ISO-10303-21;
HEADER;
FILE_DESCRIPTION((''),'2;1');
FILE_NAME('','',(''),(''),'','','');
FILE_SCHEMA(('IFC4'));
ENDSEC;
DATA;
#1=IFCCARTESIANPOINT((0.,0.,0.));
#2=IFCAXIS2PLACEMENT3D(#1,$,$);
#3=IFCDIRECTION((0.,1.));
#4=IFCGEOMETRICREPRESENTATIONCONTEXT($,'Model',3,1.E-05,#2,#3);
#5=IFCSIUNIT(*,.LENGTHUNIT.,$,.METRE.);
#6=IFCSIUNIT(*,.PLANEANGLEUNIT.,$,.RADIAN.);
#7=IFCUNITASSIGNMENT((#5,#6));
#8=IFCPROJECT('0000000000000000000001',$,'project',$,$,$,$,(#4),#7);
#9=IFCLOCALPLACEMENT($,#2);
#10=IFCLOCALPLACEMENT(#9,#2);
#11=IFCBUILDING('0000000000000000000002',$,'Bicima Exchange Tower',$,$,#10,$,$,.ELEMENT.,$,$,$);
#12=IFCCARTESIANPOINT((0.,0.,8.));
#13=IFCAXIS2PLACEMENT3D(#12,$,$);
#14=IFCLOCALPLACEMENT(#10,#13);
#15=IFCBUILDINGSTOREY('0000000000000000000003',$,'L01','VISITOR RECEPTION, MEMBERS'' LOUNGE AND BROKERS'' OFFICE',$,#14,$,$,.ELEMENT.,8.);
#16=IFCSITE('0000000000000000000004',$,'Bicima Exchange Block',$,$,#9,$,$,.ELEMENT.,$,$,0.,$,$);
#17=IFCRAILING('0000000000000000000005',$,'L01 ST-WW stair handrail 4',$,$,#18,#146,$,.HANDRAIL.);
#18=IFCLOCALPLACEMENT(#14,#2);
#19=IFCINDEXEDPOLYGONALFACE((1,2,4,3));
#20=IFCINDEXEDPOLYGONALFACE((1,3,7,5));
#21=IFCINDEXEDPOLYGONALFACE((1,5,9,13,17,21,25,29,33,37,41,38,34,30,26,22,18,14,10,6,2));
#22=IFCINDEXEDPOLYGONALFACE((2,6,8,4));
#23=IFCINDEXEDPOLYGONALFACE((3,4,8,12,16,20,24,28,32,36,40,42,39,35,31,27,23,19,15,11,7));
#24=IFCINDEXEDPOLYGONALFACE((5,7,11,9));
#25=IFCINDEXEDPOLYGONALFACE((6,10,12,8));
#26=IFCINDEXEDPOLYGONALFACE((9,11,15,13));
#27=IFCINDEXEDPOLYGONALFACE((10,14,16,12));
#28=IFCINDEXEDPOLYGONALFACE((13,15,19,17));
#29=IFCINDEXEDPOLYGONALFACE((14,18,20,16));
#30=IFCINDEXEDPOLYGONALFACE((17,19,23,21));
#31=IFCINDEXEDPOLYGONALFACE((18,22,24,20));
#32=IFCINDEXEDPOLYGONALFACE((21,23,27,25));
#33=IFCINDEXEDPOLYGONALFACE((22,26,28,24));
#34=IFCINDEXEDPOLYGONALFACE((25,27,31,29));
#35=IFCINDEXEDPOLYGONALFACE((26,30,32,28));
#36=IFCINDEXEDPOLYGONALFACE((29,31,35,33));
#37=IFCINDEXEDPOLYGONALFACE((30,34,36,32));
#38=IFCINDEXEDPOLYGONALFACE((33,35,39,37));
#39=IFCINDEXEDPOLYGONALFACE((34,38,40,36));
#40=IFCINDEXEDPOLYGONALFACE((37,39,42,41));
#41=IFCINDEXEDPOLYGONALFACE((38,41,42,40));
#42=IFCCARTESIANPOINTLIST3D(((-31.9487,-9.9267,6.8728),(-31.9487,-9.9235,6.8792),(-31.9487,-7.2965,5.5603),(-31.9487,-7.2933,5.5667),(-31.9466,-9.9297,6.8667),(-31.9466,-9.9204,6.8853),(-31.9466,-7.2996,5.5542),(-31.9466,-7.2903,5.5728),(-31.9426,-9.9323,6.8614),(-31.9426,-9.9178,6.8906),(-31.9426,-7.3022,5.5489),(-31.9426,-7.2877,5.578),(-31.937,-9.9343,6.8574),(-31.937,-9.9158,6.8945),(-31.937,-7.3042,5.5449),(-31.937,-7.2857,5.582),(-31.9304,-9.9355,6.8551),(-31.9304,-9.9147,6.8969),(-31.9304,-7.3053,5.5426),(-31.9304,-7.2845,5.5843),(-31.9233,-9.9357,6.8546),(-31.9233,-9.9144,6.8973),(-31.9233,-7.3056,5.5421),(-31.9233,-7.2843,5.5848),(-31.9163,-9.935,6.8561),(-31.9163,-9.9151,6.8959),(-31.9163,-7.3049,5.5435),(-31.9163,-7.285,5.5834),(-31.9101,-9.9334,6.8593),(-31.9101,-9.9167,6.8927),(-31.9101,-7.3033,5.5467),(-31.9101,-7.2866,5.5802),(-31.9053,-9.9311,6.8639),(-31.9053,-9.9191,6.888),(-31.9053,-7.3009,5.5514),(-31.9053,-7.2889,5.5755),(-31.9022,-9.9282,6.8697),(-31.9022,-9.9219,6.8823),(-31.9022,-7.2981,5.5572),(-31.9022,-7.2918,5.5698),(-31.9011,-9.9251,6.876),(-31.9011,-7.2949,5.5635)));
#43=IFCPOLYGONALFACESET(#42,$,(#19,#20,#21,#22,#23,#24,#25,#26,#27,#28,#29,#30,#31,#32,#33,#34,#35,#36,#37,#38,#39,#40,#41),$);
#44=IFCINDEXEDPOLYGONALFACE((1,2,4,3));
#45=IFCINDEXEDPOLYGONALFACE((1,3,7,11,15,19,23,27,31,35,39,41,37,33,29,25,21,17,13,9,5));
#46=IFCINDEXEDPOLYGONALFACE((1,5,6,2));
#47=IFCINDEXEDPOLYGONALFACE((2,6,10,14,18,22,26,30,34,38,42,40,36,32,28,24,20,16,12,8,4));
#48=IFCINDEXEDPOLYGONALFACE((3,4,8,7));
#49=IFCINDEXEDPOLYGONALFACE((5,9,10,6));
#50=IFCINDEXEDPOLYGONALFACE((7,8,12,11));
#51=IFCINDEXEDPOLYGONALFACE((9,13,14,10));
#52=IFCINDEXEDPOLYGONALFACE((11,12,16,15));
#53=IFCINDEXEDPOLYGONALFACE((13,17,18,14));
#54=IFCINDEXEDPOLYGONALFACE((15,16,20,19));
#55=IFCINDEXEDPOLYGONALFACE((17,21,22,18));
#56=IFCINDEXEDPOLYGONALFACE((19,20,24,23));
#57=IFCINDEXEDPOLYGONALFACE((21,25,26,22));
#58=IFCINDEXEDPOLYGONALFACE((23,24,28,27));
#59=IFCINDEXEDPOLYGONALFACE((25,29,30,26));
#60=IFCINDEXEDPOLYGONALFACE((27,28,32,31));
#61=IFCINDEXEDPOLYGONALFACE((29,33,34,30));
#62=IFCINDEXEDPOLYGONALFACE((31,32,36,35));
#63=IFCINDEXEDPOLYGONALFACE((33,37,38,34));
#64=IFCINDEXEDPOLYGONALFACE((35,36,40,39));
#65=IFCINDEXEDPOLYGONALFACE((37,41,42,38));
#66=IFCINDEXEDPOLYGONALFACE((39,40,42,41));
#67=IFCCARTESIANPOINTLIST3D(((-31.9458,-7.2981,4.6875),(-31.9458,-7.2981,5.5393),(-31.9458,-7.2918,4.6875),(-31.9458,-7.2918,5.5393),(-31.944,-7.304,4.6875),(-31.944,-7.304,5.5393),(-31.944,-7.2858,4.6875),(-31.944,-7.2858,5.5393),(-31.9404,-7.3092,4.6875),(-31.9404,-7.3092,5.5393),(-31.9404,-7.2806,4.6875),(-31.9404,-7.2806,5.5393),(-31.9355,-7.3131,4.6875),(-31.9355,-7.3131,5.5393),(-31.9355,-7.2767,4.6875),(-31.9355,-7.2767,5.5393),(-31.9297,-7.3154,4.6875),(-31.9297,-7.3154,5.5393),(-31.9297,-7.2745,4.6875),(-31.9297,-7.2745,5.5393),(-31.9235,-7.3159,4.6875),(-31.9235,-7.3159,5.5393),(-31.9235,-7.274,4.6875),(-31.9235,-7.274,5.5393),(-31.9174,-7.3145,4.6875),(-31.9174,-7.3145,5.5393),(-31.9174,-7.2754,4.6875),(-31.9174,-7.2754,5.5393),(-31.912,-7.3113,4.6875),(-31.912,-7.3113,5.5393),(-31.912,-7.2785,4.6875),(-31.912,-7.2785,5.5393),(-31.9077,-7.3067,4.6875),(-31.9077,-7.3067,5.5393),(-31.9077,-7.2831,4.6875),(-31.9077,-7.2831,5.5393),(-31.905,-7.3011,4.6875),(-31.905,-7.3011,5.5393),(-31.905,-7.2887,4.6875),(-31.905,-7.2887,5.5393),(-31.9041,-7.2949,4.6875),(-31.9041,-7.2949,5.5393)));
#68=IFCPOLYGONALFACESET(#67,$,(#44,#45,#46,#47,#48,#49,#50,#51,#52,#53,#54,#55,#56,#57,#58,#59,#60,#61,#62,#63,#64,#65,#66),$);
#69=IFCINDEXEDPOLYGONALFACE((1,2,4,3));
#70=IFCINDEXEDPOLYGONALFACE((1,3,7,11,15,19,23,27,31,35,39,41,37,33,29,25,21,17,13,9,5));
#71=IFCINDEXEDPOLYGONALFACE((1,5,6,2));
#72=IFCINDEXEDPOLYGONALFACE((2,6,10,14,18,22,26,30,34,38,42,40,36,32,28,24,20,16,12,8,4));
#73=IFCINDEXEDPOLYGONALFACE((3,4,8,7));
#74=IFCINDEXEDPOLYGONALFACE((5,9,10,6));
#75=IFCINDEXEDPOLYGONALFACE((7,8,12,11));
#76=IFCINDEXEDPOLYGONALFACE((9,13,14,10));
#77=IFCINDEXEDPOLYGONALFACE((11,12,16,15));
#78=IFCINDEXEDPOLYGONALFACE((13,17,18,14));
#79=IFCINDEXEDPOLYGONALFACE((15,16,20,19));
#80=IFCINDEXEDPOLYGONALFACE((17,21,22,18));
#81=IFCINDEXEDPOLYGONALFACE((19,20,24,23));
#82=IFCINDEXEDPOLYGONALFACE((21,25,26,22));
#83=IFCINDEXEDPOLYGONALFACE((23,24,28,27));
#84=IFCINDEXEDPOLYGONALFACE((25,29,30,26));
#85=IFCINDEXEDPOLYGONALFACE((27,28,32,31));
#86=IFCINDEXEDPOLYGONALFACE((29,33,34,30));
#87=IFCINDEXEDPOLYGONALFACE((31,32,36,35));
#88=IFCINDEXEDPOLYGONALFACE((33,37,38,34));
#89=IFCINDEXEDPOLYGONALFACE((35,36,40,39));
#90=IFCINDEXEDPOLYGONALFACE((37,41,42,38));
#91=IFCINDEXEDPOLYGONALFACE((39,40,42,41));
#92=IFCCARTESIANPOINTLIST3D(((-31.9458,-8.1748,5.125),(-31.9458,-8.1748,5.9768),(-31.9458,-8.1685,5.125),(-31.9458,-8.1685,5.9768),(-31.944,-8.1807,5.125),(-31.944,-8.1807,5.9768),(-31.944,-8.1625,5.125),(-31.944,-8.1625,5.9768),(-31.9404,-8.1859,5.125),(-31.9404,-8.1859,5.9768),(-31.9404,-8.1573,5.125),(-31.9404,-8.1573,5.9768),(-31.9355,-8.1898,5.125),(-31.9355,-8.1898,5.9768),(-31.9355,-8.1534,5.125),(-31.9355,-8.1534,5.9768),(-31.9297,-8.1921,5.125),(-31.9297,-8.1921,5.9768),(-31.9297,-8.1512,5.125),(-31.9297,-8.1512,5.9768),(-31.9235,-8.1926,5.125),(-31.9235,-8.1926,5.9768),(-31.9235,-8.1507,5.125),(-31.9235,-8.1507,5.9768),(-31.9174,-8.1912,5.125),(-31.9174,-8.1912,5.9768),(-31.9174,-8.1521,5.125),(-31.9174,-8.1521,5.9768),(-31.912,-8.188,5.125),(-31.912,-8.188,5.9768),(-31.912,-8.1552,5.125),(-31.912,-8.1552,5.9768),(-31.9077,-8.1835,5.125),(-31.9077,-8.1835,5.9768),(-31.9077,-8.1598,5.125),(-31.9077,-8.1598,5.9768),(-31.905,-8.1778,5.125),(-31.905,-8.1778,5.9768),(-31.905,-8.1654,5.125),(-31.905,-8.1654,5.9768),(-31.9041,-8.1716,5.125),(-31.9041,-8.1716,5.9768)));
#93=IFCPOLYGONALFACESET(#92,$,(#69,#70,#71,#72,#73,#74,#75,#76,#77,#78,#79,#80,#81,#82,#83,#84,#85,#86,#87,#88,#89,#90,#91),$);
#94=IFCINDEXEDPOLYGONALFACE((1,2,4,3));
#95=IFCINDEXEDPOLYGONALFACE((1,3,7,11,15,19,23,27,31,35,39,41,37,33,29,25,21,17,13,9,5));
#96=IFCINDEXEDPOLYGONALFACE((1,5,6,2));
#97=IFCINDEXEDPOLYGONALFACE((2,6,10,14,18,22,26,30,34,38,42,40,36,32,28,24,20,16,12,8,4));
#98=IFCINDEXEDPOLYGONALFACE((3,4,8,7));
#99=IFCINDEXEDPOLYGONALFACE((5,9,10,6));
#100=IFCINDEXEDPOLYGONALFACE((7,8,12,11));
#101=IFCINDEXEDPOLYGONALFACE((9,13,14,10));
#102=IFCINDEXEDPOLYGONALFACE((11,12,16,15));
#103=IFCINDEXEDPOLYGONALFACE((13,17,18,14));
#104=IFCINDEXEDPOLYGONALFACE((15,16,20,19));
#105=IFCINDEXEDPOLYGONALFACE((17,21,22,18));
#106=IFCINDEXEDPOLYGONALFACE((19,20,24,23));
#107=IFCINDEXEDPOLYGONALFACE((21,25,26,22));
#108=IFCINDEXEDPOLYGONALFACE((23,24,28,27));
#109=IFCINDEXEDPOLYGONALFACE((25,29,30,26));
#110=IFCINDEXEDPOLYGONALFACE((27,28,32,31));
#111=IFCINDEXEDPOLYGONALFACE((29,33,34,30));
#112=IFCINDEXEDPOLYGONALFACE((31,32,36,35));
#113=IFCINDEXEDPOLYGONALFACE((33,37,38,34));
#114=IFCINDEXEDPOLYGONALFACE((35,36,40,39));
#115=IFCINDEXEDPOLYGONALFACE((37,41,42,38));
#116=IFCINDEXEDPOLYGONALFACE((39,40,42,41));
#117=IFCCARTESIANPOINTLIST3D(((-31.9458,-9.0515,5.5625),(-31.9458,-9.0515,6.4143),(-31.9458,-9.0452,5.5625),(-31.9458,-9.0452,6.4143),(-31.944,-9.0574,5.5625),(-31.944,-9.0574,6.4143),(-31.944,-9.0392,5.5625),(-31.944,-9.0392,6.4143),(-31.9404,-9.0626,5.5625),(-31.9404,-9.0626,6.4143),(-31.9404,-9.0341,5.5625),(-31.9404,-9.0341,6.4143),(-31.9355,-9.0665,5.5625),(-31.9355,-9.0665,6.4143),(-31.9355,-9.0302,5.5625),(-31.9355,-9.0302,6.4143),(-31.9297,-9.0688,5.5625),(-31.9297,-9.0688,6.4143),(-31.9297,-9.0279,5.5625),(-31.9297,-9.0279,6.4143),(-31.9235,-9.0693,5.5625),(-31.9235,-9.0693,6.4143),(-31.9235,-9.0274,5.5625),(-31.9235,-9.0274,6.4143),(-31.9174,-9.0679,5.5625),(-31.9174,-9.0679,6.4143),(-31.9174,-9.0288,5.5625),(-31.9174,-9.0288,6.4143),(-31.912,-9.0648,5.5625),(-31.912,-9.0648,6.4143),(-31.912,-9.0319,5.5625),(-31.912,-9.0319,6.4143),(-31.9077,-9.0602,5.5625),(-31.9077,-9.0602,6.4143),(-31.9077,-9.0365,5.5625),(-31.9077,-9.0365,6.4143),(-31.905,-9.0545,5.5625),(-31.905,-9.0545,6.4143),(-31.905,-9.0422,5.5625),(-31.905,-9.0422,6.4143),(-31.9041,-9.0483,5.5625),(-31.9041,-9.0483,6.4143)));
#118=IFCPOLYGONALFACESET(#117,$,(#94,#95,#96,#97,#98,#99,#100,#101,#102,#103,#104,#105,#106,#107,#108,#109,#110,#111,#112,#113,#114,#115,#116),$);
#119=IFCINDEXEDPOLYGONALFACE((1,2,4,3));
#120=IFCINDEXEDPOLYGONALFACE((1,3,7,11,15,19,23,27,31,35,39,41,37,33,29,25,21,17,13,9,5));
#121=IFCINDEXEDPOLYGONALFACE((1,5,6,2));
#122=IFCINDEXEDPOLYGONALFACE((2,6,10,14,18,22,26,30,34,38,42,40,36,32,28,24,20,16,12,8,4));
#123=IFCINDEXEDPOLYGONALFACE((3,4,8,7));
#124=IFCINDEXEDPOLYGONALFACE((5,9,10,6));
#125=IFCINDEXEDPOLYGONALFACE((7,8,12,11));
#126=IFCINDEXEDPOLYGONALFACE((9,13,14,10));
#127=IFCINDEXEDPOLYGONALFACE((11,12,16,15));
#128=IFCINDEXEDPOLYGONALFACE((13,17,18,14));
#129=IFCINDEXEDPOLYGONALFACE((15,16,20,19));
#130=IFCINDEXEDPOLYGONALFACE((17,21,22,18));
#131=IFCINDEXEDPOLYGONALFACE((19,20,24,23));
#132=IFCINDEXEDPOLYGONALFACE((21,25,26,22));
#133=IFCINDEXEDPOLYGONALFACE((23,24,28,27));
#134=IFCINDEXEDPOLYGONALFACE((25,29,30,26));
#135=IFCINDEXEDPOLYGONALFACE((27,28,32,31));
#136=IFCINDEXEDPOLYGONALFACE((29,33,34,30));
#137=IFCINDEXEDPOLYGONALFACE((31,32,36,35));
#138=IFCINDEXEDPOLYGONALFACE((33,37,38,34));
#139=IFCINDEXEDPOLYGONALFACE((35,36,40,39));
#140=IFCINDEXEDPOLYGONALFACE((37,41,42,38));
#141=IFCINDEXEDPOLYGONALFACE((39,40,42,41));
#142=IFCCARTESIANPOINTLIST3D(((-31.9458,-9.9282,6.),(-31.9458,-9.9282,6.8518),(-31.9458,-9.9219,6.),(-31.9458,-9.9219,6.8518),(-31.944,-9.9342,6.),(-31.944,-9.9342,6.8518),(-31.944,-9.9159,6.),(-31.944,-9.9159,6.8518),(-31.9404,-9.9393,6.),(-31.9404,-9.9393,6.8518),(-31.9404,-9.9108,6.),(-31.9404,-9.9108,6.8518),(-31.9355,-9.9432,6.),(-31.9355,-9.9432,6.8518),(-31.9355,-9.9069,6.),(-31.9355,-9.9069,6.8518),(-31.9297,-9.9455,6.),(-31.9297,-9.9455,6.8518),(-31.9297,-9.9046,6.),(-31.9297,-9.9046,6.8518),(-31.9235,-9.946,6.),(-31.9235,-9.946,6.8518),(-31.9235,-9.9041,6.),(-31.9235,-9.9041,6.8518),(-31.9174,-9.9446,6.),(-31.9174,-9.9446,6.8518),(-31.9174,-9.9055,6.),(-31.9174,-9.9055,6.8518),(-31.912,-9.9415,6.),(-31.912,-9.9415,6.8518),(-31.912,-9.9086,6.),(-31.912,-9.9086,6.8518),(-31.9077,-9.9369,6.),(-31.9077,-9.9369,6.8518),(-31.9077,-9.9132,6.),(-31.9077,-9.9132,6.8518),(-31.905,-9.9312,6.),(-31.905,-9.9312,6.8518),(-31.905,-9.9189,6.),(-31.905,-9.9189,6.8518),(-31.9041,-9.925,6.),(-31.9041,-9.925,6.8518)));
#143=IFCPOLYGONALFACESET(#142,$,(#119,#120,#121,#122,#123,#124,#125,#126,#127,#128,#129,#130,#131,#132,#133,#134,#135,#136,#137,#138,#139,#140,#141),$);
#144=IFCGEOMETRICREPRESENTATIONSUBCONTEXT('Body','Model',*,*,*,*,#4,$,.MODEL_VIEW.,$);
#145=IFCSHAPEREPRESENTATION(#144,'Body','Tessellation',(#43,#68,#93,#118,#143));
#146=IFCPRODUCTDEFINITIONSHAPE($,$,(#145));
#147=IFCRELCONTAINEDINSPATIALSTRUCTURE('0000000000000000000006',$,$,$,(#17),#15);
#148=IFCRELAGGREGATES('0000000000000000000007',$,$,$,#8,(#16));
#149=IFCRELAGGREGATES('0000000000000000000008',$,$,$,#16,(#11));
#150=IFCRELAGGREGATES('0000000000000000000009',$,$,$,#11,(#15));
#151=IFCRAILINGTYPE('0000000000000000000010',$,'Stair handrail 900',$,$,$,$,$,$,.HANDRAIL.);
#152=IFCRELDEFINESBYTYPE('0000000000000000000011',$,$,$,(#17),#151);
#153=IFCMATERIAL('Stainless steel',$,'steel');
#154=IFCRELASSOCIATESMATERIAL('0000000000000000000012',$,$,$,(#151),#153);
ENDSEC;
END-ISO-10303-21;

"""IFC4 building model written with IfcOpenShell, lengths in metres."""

from ifc_helpers import new_model, si_unit, direction, frame, origin, origin_2d, place, context, subcontext, project, spatial, circle, extrude, material, type_object, element, save


model = new_model("IFC4")

# Units and contexts
model_context = context("Model", 3, precision=1e-05, world=origin(), true_north=direction((0.0, 1.0)))
body_context = subcontext(model_context, "Body", "Model", "MODEL_VIEW")
ifc_project = project(units=[si_unit("LENGTHUNIT", "METRE"), si_unit("PLANEANGLEUNIT", "RADIAN")], contexts=[model_context])

# Site, building, storey
site_placement = place(None, origin())
site = spatial("IfcSite", under=ifc_project, at=site_placement, Name="Bicima Exchange Block", CompositionType="ELEMENT", RefElevation=0.0)
building_placement = place(site_placement, origin())
building = spatial("IfcBuilding", under=site, at=building_placement, Name="Bicima Exchange Tower", CompositionType="ELEMENT")
storey_placement = place(building_placement, frame((0.0, 0.0, 8.0)))
storey = spatial("IfcBuildingStorey", under=building, at=storey_placement, Name="L01", Description="VISITOR RECEPTION, MEMBERS' LOUNGE AND BROKERS' OFFICE", CompositionType="ELEMENT", Elevation=8.0)

# Railing
ifc_material_1 = material(Name="Stainless steel", Category="steel")
railing_type_1 = type_object("IfcRailingType", Name="Stair handrail 900", PredefinedType="HANDRAIL", material=ifc_material_1)
railing_1_placement = place(storey_placement, frame((-31.925, -7.2949, 4.6875)))
element("IfcRailing", 1, at=railing_1_placement, inside=storey, type_object=railing_type_1, Name="L01 ST-WW stair handrail 4", PredefinedType="HANDRAIL", context=body_context, shape_type="SweptSolid", body=[
    extrude(circle(Radius=0.0239, at=origin_2d()), frame((0.0, 0.0, 0.876), z_axis=(0.0, -0.894776, 0.446516), x_axis=(1.0, 0.0, 0.0)), (0.0, 0.0, 1.0), 2.9395),
    extrude(circle(Radius=0.021, at=origin_2d()), origin(), (0.0, 0.0, 1.0), 0.8518),
    extrude(circle(Radius=0.021, at=origin_2d()), frame((0.0, -0.8767, 0.4375)), (0.0, 0.0, 1.0), 0.8518),
    extrude(circle(Radius=0.021, at=origin_2d()), frame((0.0, -1.7534, 0.875)), (0.0, 0.0, 1.0), 0.8518),
    extrude(circle(Radius=0.021, at=origin_2d()), frame((0.0, -2.6301, 1.3125)), (0.0, 0.0, 1.0), 0.8518),
])

save(model, "model.ifc")
